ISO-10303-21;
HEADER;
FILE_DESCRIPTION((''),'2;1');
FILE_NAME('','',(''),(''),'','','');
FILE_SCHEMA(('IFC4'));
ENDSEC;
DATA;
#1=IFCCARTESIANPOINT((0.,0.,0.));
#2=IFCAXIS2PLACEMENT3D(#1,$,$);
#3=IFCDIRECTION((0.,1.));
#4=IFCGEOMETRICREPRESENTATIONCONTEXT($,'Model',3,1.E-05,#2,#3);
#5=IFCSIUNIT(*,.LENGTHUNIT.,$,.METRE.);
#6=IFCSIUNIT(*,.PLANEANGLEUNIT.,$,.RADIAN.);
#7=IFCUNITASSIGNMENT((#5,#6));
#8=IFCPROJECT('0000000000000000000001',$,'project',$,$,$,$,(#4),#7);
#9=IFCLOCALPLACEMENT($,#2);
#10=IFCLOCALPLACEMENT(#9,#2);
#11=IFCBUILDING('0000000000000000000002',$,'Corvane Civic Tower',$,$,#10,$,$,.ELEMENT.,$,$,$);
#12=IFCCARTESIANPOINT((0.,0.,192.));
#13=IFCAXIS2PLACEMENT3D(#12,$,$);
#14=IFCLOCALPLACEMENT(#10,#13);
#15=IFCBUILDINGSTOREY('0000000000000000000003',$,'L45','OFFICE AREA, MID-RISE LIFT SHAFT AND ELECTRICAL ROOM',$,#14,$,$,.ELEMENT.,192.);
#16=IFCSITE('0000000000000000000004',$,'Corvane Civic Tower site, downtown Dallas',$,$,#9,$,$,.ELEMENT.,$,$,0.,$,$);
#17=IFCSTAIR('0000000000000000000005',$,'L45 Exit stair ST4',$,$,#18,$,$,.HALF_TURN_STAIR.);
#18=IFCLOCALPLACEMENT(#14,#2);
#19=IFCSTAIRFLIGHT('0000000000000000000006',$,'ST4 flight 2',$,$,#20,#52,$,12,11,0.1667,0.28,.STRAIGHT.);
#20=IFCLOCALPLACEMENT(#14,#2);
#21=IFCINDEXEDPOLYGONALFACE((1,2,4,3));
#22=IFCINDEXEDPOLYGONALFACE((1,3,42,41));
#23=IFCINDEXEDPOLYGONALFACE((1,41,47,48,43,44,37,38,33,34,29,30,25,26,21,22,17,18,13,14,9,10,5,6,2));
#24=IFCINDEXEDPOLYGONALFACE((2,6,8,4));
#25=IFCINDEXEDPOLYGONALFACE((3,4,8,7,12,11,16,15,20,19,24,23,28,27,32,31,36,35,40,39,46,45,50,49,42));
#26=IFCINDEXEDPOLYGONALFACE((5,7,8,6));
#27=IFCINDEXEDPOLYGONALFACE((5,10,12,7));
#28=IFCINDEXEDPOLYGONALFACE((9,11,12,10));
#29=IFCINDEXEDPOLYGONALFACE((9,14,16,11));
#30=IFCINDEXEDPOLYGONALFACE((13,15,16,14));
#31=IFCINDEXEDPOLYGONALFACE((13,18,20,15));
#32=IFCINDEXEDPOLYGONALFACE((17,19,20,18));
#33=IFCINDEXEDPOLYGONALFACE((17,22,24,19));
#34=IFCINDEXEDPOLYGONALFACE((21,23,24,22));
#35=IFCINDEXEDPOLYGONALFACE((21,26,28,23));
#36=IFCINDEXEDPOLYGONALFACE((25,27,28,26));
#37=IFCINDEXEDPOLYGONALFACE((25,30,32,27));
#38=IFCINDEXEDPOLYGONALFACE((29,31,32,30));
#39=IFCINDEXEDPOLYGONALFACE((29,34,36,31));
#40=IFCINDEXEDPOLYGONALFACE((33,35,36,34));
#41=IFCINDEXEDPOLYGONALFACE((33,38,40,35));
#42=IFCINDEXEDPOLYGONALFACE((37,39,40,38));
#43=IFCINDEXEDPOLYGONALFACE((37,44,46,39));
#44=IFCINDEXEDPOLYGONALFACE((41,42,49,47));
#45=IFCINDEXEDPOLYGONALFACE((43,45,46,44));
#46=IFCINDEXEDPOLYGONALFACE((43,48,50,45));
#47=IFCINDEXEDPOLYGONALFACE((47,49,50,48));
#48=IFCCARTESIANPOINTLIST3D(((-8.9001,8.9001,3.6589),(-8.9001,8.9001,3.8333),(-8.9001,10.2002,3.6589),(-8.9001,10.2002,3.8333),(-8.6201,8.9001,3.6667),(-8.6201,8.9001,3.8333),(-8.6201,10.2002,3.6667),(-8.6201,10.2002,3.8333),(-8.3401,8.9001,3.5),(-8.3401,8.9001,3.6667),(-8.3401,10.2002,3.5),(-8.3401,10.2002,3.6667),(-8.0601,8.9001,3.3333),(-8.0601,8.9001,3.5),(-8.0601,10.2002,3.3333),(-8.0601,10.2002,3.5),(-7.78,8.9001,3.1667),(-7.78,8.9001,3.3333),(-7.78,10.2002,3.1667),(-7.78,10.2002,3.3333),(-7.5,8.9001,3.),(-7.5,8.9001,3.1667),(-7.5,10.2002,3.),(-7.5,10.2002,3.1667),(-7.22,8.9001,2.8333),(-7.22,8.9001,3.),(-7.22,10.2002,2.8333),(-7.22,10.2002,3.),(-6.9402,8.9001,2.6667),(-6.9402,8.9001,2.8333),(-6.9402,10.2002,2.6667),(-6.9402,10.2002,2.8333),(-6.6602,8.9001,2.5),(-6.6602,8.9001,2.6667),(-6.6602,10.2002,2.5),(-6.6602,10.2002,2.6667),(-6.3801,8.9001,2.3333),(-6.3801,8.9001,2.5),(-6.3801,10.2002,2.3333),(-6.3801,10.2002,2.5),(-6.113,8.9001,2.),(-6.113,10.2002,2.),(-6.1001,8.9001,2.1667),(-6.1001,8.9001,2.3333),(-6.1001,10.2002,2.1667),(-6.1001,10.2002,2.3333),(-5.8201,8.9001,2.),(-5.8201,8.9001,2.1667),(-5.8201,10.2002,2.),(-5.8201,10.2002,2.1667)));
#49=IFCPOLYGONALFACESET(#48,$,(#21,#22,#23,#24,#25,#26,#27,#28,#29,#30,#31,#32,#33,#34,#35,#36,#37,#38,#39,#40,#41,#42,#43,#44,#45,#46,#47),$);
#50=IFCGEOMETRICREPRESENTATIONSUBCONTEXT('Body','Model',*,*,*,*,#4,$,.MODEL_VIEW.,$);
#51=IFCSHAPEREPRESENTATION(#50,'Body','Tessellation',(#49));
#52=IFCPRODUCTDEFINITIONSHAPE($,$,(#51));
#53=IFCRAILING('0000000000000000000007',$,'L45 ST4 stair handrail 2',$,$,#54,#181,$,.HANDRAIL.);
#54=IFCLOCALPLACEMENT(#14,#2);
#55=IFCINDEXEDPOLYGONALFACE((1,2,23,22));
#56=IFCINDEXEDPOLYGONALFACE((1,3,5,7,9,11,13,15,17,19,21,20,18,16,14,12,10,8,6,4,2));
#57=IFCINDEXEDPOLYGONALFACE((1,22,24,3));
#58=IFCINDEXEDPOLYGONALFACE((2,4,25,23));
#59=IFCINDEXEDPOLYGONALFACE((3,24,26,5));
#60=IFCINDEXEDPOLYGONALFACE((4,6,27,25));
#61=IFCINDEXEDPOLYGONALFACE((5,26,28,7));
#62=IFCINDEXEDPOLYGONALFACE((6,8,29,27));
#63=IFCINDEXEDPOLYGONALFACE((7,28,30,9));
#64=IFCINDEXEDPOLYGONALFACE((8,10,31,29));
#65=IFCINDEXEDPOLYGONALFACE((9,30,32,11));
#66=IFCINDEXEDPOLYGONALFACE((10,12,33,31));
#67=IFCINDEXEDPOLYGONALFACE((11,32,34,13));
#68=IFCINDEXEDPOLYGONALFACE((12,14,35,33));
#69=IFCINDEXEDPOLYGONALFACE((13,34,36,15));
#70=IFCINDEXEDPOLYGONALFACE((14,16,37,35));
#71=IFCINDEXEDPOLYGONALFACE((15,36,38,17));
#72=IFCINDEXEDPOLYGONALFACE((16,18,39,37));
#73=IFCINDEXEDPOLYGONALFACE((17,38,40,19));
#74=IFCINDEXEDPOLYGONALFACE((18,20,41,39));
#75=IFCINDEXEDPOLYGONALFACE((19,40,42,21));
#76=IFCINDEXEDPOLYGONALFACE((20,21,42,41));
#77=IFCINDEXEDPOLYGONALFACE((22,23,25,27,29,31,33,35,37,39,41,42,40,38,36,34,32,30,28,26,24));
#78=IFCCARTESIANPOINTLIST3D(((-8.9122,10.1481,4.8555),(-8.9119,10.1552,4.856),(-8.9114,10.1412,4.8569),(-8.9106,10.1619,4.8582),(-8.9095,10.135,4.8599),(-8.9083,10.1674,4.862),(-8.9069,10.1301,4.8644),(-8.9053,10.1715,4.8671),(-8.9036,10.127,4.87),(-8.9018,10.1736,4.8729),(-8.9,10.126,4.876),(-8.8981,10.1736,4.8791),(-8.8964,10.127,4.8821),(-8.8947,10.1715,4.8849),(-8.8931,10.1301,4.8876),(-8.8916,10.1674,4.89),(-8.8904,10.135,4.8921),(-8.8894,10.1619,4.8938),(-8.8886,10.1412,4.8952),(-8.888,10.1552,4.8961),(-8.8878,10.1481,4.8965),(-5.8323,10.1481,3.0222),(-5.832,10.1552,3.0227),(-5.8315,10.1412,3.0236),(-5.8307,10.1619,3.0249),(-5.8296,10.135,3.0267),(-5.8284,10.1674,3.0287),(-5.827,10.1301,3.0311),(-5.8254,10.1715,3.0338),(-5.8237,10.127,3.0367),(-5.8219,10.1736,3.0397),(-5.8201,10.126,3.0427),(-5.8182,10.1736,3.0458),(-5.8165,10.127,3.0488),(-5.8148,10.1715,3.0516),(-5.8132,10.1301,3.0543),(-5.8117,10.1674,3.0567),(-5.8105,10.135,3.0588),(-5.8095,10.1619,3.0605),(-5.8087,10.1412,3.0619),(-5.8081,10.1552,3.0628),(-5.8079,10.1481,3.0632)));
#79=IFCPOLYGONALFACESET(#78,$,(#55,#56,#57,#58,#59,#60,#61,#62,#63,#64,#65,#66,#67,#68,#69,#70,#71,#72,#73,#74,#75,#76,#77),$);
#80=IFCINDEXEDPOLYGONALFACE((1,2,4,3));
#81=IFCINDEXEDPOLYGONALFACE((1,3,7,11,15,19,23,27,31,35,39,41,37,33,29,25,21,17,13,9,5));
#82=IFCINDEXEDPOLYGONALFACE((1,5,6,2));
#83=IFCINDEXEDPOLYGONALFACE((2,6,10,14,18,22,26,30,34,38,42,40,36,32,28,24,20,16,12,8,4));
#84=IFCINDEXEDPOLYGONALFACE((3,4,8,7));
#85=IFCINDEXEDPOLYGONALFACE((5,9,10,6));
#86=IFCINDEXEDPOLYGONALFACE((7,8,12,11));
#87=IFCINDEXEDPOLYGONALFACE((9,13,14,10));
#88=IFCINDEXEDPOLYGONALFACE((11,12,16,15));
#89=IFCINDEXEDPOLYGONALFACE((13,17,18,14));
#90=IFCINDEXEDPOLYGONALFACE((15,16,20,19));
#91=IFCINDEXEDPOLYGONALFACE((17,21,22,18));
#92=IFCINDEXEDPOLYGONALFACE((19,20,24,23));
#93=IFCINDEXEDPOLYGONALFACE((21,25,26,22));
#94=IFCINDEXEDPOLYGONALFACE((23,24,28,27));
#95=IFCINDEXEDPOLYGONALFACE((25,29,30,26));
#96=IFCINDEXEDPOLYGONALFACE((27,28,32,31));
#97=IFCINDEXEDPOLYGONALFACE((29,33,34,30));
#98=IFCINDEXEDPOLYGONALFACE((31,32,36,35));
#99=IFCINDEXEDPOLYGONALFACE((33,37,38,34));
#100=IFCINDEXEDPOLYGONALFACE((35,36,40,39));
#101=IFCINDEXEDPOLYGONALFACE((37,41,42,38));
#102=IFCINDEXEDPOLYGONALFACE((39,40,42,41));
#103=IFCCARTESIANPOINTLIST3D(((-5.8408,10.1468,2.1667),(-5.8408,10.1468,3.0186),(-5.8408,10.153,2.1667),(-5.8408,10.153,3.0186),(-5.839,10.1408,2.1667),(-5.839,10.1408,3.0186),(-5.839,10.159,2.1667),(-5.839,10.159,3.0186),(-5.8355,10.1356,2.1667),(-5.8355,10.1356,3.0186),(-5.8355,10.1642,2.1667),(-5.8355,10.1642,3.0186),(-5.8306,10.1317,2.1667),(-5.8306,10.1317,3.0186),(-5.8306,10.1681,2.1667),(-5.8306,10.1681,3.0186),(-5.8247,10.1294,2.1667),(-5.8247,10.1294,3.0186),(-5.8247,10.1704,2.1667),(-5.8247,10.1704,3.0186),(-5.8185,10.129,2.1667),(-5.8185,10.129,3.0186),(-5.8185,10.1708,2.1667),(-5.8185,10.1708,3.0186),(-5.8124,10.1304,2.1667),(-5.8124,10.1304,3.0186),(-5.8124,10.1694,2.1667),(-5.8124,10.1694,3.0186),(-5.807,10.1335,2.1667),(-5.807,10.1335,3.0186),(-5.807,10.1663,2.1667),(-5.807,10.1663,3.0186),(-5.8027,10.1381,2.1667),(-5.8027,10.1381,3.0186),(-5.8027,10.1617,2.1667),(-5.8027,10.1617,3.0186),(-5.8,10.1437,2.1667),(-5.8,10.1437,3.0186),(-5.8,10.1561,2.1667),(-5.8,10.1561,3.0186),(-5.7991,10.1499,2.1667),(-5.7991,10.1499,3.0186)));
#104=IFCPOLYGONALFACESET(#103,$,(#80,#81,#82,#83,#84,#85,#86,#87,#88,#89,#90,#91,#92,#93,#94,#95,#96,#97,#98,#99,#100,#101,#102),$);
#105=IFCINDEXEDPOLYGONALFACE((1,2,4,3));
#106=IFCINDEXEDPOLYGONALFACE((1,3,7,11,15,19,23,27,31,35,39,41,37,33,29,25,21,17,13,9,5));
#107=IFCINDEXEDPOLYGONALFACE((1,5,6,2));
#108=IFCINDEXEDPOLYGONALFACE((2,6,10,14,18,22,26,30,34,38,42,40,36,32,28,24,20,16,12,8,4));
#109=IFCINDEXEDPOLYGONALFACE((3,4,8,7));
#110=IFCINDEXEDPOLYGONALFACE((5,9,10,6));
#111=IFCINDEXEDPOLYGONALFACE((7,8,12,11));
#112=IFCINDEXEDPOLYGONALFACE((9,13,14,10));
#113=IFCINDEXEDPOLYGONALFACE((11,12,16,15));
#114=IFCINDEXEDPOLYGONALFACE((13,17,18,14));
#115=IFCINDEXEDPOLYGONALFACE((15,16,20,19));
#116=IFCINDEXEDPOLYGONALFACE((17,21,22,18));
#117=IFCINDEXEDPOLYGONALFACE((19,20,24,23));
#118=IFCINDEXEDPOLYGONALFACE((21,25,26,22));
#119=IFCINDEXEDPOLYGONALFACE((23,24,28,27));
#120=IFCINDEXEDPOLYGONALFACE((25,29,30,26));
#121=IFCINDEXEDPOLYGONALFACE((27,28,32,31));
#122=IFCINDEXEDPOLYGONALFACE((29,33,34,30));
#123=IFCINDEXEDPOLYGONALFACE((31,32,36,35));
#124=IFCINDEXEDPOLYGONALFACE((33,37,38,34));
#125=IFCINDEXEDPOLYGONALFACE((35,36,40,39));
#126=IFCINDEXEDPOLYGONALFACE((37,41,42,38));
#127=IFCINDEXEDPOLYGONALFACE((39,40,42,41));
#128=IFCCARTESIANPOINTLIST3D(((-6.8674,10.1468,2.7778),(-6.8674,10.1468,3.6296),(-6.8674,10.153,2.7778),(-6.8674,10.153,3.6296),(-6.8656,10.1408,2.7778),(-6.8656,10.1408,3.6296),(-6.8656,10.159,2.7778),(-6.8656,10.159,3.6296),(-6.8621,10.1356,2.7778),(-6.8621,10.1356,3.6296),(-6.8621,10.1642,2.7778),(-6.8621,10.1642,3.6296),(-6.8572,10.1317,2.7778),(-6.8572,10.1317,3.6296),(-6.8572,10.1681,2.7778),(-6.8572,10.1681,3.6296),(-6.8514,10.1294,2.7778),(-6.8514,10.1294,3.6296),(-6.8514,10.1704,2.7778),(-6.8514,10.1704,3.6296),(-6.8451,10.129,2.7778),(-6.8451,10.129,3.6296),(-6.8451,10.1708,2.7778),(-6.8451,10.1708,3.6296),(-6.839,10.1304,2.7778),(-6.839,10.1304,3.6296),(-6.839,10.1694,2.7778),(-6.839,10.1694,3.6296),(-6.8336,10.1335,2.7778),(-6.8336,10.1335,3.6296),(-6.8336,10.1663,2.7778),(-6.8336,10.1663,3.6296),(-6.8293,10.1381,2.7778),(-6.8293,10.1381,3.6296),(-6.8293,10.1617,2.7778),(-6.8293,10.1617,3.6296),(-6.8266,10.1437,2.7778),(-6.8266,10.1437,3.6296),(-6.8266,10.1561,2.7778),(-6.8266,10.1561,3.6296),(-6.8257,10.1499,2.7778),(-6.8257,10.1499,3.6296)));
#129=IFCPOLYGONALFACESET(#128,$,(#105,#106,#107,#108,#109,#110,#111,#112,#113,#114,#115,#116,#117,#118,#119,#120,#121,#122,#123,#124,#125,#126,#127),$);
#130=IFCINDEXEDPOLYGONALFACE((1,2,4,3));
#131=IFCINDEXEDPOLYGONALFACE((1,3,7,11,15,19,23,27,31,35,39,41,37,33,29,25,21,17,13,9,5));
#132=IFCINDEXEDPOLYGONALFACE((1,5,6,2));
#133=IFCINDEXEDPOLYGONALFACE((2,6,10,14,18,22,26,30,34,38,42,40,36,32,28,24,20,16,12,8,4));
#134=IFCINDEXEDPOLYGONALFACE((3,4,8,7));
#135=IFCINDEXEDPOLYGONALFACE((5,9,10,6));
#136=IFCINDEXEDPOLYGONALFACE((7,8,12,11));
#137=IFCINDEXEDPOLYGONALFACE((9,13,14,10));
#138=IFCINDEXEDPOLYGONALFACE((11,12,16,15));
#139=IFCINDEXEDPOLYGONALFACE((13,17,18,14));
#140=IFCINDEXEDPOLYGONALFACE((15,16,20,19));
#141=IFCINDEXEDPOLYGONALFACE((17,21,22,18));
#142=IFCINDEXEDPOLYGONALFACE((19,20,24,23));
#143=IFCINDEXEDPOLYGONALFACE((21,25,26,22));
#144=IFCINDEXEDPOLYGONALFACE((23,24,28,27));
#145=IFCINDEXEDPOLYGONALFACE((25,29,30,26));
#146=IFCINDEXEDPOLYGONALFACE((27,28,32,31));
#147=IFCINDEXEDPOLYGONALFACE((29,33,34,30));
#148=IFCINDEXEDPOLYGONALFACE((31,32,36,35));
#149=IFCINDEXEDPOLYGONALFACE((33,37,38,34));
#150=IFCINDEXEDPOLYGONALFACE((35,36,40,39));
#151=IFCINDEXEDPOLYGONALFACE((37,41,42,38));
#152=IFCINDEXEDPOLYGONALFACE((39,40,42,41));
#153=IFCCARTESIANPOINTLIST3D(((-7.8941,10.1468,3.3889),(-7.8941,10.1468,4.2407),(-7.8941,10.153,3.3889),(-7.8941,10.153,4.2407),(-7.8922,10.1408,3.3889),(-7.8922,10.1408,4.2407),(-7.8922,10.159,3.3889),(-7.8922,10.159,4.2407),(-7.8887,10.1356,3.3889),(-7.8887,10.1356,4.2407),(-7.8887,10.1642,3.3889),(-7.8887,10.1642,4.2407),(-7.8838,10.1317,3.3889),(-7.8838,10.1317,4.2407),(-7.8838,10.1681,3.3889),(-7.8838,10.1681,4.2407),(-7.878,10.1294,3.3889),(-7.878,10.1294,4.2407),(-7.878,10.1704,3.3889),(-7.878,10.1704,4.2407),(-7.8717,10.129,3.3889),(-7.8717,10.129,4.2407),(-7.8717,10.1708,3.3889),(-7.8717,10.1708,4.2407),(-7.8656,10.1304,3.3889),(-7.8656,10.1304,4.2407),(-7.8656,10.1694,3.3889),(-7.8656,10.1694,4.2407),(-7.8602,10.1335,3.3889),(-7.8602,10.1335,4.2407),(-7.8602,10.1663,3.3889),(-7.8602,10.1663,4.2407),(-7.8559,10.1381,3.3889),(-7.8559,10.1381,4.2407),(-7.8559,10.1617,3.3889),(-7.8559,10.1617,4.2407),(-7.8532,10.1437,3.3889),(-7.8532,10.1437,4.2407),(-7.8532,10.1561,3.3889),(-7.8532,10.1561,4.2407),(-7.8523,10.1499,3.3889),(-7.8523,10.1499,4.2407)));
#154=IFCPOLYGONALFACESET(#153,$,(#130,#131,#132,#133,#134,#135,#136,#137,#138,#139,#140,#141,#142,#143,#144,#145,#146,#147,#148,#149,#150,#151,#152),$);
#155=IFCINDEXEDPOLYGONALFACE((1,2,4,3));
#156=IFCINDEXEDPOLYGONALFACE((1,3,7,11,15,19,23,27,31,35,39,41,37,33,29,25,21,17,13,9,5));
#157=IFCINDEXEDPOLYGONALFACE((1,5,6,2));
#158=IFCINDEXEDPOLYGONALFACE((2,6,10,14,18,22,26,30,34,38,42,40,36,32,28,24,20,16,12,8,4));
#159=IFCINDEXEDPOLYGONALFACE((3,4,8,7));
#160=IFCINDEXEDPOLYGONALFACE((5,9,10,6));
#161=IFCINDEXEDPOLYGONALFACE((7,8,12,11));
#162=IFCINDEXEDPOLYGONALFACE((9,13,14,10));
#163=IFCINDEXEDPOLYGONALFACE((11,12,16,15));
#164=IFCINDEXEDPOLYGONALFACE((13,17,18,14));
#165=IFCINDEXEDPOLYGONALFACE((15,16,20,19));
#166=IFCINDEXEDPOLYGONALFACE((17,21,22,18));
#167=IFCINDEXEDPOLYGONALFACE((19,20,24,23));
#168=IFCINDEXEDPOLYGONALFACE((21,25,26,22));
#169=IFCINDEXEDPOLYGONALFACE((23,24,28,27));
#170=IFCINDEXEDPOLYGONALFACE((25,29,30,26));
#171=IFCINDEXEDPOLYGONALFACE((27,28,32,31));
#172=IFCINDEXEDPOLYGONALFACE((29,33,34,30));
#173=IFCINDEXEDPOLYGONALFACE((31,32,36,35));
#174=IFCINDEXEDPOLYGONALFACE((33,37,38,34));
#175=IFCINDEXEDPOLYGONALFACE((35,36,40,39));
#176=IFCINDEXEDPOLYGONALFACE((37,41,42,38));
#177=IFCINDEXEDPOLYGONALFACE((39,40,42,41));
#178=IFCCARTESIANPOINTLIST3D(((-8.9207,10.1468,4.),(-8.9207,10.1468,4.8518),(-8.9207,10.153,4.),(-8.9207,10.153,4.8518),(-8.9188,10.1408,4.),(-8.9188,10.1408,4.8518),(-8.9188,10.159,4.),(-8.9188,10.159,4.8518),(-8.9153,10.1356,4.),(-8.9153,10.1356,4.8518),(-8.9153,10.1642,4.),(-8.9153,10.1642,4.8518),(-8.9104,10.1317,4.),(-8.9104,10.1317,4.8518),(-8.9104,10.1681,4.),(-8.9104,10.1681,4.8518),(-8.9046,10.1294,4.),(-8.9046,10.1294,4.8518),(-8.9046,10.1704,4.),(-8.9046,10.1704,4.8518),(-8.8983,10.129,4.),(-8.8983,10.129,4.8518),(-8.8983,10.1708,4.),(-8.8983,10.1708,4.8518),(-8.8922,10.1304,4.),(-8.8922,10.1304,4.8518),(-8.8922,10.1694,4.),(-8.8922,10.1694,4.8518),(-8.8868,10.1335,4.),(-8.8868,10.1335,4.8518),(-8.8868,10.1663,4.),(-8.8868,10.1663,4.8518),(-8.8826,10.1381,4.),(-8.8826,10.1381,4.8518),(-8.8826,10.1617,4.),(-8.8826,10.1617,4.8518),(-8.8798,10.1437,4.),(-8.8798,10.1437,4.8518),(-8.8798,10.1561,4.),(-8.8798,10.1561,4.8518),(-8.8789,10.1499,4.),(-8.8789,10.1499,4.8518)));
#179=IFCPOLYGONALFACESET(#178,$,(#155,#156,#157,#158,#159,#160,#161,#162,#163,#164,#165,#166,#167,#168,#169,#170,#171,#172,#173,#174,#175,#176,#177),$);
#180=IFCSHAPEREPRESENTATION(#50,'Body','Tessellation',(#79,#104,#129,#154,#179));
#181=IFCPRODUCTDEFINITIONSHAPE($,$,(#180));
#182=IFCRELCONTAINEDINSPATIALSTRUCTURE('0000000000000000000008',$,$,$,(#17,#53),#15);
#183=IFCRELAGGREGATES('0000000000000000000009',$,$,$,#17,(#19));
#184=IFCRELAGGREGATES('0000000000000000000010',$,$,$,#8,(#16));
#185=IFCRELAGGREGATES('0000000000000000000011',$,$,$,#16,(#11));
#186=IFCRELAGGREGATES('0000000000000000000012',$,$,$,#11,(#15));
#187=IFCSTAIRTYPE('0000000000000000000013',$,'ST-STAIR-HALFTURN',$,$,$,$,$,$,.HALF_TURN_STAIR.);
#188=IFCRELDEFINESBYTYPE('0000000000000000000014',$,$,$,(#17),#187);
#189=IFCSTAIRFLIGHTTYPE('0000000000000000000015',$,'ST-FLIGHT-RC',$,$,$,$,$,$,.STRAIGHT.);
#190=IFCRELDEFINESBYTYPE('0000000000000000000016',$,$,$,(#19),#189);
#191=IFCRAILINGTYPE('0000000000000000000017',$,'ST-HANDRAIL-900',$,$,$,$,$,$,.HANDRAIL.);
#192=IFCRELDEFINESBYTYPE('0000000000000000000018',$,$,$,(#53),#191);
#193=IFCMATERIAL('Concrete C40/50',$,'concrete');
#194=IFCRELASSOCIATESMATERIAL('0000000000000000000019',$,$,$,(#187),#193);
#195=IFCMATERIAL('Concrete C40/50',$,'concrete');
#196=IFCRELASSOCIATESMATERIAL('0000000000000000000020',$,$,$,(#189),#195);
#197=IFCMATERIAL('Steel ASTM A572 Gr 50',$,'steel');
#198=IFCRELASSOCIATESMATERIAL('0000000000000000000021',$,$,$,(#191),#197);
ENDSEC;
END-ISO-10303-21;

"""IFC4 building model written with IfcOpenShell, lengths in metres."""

from ifc_helpers import new_model, si_unit, direction, frame, origin, origin_2d, place, context, subcontext, project, spatial, polyline, circle, outline, extrude, material, type_object, element, aggregate, save


model = new_model("IFC4")

# Units and contexts
model_context = context("Model", 3, precision=1e-05, world=origin(), true_north=direction((0.0, 1.0)))
body_context = subcontext(model_context, "Body", "Model", "MODEL_VIEW")
ifc_project = project(units=[si_unit("LENGTHUNIT", "METRE"), si_unit("PLANEANGLEUNIT", "RADIAN")], contexts=[model_context])

# Site, building, storey
site_placement = place(None, origin())
site = spatial("IfcSite", under=ifc_project, at=site_placement, Name="Corvane Civic Tower site, downtown Dallas", CompositionType="ELEMENT", RefElevation=0.0)
building_placement = place(site_placement, origin())
building = spatial("IfcBuilding", under=site, at=building_placement, Name="Corvane Civic Tower", CompositionType="ELEMENT")
storey_placement = place(building_placement, frame((0.0, 0.0, 192.0)))
storey = spatial("IfcBuildingStorey", under=building, at=storey_placement, Name="L45", Description="OFFICE AREA, MID-RISE LIFT SHAFT AND ELECTRICAL ROOM", CompositionType="ELEMENT", Elevation=192.0)

# Stair
ifc_material_1 = material(Name="Concrete C40/50", Category="concrete")
stair_type = type_object("IfcStairType", Name="ST-STAIR-HALFTURN", PredefinedType="HALF_TURN_STAIR", material=ifc_material_1)
stair_1_placement = place(storey_placement, origin())
stair_1 = element("IfcStair", 1, at=stair_1_placement, inside=storey, type_object=stair_type, Name="L45 Exit stair ST4", PredefinedType="HALF_TURN_STAIR")

# Stair flight
ifc_material_2 = material(Name="Concrete C40/50", Category="concrete")
stair_flight_type = type_object("IfcStairFlightType", Name="ST-FLIGHT-RC", PredefinedType="STRAIGHT", material=ifc_material_2)
stair_flight_placement = place(storey_placement, frame((-5.8201, 9.55, 2.0), z_axis=(0.0, 0.0, 1.0), x_axis=(-1.0, 0.0, 0.0)))
stair_flight = element("IfcStairFlight", 2, at=stair_flight_placement, type_object=stair_flight_type, Name="ST4 flight 2", NumberOfRisers=12, NumberOfTreads=11, PredefinedType="STRAIGHT", RiserHeight=0.1667, TreadLength=0.28, context=body_context, shape_type="SweptSolid", body=[
    extrude(outline(polyline([(0.0, 0.0), (0.0, 0.1667), (0.28, 0.1667), (0.28, 0.3333), (0.5601, 0.3333), (0.5601, 0.5), (0.8401, 0.5), (0.8401, 0.6667), (1.1201, 0.6667), (1.1201, 0.8333), (1.3999, 0.8333), (1.3999, 1.0), (1.6799, 1.0), (1.6799, 1.1667), (1.96, 1.1667), (1.96, 1.3333), (2.24, 1.3333), (2.24, 1.5), (2.52, 1.5), (2.52, 1.6667), (2.8, 1.6667), (2.8, 1.8333), (3.0801, 1.8333), (3.0801, 2.0), (3.0801, 1.6589), (0.293, 0.0), (0.0, 0.0)])), frame((0.0, 0.6499, 0.0), z_axis=(0.0, -1.0, 0.0), x_axis=(1.0, 0.0, 0.0)), (0.0, 0.0, 1.0), 1.3),
])
aggregate(stair_1, [stair_flight])

# Railing
ifc_material_3 = material(Name="Steel ASTM A572 Gr 50", Category="steel")
railing_type = type_object("IfcRailingType", Name="ST-HANDRAIL-900", PredefinedType="HANDRAIL", material=ifc_material_3)
railing_placement = place(storey_placement, frame((-5.8201, 10.1499, 2.1667)))
element("IfcRailing", 3, at=railing_placement, inside=storey, type_object=railing_type, Name="L45 ST4 stair handrail 2", PredefinedType="HANDRAIL", context=body_context, shape_type="SweptSolid", body=[
    extrude(circle(Radius=0.0239, at=origin_2d()), frame((0.0, 0.0, 0.876), z_axis=(-0.859291, 0.0, 0.511487), x_axis=(0.0, -1.0, 0.0)), (0.0, 0.0, 1.0), 3.5842),
    extrude(circle(Radius=0.021, at=origin_2d()), origin(), (0.0, 0.0, 1.0), 0.8518),
    extrude(circle(Radius=0.021, at=origin_2d()), frame((-1.0266, 0.0, 0.6111)), (0.0, 0.0, 1.0), 0.8518),
    extrude(circle(Radius=0.021, at=origin_2d()), frame((-2.0532, 0.0, 1.2222)), (0.0, 0.0, 1.0), 0.8518),
    extrude(circle(Radius=0.021, at=origin_2d()), frame((-3.0798, 0.0, 1.8333)), (0.0, 0.0, 1.0), 0.8518),
])

save(model, "model.ifc")
